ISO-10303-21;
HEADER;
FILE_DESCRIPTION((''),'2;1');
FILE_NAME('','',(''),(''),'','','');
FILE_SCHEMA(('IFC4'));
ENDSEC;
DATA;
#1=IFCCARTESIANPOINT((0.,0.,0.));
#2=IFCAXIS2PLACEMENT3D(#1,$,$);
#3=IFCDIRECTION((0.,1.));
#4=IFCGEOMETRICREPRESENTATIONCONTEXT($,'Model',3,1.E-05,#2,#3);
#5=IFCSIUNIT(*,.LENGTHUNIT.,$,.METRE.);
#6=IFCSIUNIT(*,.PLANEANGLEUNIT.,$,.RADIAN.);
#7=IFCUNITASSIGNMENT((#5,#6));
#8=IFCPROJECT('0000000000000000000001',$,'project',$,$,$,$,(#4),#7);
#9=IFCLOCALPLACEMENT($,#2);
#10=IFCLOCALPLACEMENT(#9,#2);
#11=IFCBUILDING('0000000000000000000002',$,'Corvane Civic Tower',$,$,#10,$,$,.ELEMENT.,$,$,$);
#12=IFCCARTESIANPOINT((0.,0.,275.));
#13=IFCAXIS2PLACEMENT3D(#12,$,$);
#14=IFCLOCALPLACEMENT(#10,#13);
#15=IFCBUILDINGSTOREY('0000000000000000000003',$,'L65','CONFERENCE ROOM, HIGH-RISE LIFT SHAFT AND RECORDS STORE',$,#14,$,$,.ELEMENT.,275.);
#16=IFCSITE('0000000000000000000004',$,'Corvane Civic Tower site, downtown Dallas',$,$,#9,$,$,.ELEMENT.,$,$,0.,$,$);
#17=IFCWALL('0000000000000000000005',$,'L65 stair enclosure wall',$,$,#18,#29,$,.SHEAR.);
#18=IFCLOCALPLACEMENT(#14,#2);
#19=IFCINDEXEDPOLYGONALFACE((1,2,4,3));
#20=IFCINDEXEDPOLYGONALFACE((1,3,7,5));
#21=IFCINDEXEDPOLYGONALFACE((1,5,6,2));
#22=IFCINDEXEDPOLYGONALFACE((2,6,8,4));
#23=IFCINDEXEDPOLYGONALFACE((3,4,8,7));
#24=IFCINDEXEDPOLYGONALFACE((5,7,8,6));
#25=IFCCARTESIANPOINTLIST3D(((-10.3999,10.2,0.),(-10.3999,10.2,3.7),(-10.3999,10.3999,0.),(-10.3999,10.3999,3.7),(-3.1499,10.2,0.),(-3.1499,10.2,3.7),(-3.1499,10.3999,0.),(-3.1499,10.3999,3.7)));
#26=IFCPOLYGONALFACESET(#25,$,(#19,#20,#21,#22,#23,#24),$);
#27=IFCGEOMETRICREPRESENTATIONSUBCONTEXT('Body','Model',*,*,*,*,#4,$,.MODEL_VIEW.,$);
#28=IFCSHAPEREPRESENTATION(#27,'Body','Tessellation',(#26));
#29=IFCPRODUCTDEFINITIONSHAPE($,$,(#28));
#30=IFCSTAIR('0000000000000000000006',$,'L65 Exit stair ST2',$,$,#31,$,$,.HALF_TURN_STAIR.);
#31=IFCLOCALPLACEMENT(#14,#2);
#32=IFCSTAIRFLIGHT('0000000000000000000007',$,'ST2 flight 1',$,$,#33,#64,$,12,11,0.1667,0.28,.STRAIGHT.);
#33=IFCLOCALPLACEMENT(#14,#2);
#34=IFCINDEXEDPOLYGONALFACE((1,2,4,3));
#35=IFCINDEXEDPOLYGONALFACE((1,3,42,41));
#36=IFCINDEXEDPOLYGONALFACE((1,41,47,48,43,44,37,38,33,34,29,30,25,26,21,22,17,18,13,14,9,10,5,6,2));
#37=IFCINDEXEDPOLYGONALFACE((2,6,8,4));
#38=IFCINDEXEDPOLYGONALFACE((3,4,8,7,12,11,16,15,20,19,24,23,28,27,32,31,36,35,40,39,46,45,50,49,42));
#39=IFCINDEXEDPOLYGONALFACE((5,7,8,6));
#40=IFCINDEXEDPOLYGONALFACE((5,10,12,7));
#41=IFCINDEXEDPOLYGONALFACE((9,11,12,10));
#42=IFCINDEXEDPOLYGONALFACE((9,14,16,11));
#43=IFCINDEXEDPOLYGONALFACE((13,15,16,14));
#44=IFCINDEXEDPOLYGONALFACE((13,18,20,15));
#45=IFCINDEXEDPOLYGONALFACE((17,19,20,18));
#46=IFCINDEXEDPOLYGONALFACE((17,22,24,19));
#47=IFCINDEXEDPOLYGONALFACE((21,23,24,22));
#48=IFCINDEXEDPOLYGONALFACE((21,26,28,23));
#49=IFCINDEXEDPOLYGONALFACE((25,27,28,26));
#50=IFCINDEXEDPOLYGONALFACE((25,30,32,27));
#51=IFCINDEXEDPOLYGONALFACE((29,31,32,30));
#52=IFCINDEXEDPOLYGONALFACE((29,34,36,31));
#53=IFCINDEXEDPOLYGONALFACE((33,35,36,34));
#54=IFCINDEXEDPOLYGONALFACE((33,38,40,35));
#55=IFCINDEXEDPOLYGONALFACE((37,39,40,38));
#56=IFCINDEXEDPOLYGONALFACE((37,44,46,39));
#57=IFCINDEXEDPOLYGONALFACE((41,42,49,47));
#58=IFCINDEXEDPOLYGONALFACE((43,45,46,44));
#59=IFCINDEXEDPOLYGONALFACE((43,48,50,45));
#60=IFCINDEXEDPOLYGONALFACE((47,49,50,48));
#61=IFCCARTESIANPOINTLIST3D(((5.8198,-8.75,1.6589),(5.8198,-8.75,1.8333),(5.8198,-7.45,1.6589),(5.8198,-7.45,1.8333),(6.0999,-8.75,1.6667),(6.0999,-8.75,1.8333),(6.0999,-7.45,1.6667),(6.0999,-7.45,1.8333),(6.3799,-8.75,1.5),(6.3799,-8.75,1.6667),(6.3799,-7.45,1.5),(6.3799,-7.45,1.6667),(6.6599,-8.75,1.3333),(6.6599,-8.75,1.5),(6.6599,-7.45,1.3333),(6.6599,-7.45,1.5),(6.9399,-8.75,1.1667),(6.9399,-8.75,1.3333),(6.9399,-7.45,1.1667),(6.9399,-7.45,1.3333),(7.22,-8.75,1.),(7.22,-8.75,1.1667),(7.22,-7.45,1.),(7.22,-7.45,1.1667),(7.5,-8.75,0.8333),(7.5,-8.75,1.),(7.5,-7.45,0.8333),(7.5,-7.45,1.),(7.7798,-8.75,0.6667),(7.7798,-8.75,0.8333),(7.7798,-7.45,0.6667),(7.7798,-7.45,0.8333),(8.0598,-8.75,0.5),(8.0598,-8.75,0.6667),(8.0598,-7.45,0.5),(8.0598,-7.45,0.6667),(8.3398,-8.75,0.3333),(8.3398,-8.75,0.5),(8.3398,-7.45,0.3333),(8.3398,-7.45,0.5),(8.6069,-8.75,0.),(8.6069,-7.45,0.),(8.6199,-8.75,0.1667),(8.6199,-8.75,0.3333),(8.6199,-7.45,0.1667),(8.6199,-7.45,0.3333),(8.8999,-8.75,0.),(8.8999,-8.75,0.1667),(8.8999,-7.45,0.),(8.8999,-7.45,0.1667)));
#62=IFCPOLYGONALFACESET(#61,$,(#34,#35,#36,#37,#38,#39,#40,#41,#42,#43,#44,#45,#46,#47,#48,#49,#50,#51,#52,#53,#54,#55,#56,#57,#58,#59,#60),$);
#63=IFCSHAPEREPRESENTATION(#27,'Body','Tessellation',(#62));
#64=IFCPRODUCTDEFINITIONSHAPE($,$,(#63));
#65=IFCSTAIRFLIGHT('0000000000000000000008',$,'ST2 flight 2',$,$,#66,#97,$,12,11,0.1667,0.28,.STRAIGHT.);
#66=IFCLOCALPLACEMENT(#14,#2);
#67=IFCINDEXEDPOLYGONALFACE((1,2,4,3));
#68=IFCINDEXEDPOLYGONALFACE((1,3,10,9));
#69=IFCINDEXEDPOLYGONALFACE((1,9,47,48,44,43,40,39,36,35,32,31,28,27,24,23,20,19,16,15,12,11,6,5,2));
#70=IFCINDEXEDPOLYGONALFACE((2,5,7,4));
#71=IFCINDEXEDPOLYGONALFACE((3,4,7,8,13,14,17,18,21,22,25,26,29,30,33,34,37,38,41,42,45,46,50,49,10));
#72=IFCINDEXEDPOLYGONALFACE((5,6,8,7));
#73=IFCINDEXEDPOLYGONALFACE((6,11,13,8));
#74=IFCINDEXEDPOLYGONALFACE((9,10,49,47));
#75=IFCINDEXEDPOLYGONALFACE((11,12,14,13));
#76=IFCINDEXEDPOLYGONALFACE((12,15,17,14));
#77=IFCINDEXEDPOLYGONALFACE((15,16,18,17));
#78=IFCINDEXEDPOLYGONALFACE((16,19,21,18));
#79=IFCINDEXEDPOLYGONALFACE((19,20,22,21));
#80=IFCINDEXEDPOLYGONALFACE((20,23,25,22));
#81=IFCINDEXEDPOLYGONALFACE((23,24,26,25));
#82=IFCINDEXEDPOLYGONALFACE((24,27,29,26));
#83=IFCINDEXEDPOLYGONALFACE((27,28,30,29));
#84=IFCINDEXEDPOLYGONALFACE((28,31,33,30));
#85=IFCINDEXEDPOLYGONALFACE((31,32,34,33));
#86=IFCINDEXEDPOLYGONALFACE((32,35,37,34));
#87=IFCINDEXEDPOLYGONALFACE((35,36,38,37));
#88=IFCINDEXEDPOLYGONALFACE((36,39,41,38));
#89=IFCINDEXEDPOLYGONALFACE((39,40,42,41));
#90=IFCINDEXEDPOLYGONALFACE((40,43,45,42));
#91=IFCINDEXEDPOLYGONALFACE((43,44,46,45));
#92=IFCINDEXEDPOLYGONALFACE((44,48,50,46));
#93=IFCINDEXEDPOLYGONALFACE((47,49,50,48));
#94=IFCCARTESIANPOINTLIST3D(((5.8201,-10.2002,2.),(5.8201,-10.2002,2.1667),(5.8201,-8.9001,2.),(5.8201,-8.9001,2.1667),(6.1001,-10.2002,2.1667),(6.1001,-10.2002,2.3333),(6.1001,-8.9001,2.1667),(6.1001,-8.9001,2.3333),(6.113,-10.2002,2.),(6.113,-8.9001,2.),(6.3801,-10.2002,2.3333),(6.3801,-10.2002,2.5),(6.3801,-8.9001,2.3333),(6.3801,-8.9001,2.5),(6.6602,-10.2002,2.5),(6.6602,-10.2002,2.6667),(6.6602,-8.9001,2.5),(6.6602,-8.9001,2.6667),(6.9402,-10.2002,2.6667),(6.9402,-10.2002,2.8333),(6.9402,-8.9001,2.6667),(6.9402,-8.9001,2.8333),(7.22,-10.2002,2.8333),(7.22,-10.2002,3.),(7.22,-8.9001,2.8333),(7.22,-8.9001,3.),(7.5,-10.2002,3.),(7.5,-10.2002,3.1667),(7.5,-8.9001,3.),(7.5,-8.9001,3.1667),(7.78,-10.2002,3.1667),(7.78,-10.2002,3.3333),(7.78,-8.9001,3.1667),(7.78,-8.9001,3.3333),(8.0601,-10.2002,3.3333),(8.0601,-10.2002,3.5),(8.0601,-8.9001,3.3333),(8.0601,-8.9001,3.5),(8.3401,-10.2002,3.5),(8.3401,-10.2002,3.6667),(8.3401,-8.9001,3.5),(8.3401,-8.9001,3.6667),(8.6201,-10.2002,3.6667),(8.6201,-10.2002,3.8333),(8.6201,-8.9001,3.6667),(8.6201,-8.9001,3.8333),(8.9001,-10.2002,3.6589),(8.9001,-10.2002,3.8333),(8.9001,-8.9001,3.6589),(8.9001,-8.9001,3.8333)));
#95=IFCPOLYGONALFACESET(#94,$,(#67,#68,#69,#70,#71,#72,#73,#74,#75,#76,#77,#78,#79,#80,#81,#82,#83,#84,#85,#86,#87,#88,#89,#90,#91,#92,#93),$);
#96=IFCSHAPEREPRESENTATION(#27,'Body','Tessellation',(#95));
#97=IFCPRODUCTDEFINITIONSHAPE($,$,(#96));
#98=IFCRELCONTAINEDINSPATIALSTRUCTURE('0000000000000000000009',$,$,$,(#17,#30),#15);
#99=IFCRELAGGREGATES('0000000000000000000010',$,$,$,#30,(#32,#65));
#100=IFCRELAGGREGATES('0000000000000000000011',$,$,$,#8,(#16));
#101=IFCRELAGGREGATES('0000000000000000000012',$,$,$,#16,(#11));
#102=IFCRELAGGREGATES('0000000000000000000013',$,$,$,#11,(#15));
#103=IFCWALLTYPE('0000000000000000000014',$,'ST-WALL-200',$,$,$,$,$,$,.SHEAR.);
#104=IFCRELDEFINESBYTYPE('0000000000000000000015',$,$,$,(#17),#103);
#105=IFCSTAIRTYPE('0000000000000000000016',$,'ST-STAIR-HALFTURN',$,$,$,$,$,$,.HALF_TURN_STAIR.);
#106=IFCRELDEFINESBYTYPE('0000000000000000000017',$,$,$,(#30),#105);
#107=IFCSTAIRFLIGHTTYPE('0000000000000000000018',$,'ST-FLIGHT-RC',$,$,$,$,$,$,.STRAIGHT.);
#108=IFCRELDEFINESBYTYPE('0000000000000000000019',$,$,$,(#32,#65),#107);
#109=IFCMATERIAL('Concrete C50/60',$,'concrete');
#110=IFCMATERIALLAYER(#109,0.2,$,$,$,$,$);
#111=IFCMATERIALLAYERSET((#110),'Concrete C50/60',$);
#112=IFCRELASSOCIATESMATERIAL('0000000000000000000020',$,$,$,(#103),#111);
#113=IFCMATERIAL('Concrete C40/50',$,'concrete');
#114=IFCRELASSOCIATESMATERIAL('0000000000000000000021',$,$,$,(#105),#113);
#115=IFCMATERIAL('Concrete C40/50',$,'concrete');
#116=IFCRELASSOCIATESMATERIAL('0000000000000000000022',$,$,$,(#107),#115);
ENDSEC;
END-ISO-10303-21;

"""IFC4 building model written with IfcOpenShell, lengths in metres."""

from ifc_helpers import new_model, si_unit, direction, frame, origin, place, context, subcontext, project, spatial, polyline, outline, extrude, material, layer, layer_set, type_object, element, aggregate, save


model = new_model("IFC4")

# Units and contexts
model_context = context("Model", 3, precision=1e-05, world=origin(), true_north=direction((0.0, 1.0)))
body_context = subcontext(model_context, "Body", "Model", "MODEL_VIEW")
ifc_project = project(units=[si_unit("LENGTHUNIT", "METRE"), si_unit("PLANEANGLEUNIT", "RADIAN")], contexts=[model_context])

# Site, building, storey
site_placement = place(None, origin())
site = spatial("IfcSite", under=ifc_project, at=site_placement, Name="Corvane Civic Tower site, downtown Dallas", CompositionType="ELEMENT", RefElevation=0.0)
building_placement = place(site_placement, origin())
building = spatial("IfcBuilding", under=site, at=building_placement, Name="Corvane Civic Tower", CompositionType="ELEMENT")
storey_placement = place(building_placement, frame((0.0, 0.0, 275.0)))
storey = spatial("IfcBuildingStorey", under=building, at=storey_placement, Name="L65", Description="CONFERENCE ROOM, HIGH-RISE LIFT SHAFT AND RECORDS STORE", CompositionType="ELEMENT", Elevation=275.0)

# Shared definitions
ifc_material_1 = material(Name="Concrete C50/60", Category="concrete")
ifc_layer_1 = layer(ifc_material_1, 0.2)
ifc_layer_set_1 = layer_set([ifc_layer_1], Name="Concrete C50/60")
wall_type_1 = type_object("IfcWallType", Name="ST-WALL-200", PredefinedType="SHEAR", material=ifc_layer_set_1)

# Wall
wall_1_placement = place(storey_placement, origin())
element("IfcWall", 1, at=wall_1_placement, inside=storey, type_object=wall_type_1, Name="L65 stair enclosure wall", PredefinedType="SHEAR", context=body_context, shape_type="SweptSolid", body=[
    extrude(outline(polyline([(-3.1499, 10.2), (-10.3999, 10.2), (-10.3999, 10.3999), (-3.1499, 10.3999), (-3.1499, 10.2)])), origin(), (0.0, 0.0, 1.0), 3.7),
])

# Stair, stair flights
ifc_material_2 = material(Name="Concrete C40/50", Category="concrete")
stair_type = type_object("IfcStairType", Name="ST-STAIR-HALFTURN", PredefinedType="HALF_TURN_STAIR", material=ifc_material_2)
stair_placement = place(storey_placement, origin())
stair = element("IfcStair", 2, at=stair_placement, inside=storey, type_object=stair_type, Name="L65 Exit stair ST2", PredefinedType="HALF_TURN_STAIR")
ifc_material_3 = material(Name="Concrete C40/50", Category="concrete")
stair_flight_type = type_object("IfcStairFlightType", Name="ST-FLIGHT-RC", PredefinedType="STRAIGHT", material=ifc_material_3)
stair_flight_1_placement = place(storey_placement, frame((8.8999, -8.1001, 0.0), z_axis=(0.0, 0.0, 1.0), x_axis=(-1.0, 0.0, 0.0)))
stair_flight_1 = element("IfcStairFlight", 3, at=stair_flight_1_placement, type_object=stair_flight_type, Name="ST2 flight 1", NumberOfRisers=12, NumberOfTreads=11, PredefinedType="STRAIGHT", RiserHeight=0.1667, TreadLength=0.28, context=body_context, shape_type="SweptSolid", body=[
    extrude(outline(polyline([(0.0, 0.0), (0.0, 0.1667), (0.28, 0.1667), (0.28, 0.3333), (0.5601, 0.3333), (0.5601, 0.5), (0.8401, 0.5), (0.8401, 0.6667), (1.1201, 0.6667), (1.1201, 0.8333), (1.3999, 0.8333), (1.3999, 1.0), (1.6799, 1.0), (1.6799, 1.1667), (1.96, 1.1667), (1.96, 1.3333), (2.24, 1.3333), (2.24, 1.5), (2.52, 1.5), (2.52, 1.6667), (2.8, 1.6667), (2.8, 1.8333), (3.0801, 1.8333), (3.0801, 2.0), (3.0801, 1.6589), (0.293, 0.0), (0.0, 0.0)])), frame((0.0, 0.6499, 0.0), z_axis=(0.0, -1.0, 0.0), x_axis=(1.0, 0.0, 0.0)), (0.0, 0.0, 1.0), 1.3),
])
stair_flight_2_placement = place(storey_placement, frame((5.8201, -9.55, 2.0), z_axis=(0.0, 0.0, 1.0), x_axis=(1.0, 0.0, 0.0)))
stair_flight_2 = element("IfcStairFlight", 4, at=stair_flight_2_placement, type_object=stair_flight_type, Name="ST2 flight 2", NumberOfRisers=12, NumberOfTreads=11, PredefinedType="STRAIGHT", RiserHeight=0.1667, TreadLength=0.28, context=body_context, shape_type="SweptSolid", body=[
    extrude(outline(polyline([(0.0, 0.0), (0.0, 0.1667), (0.28, 0.1667), (0.28, 0.3333), (0.5601, 0.3333), (0.5601, 0.5), (0.8401, 0.5), (0.8401, 0.6667), (1.1201, 0.6667), (1.1201, 0.8333), (1.3999, 0.8333), (1.3999, 1.0), (1.6799, 1.0), (1.6799, 1.1667), (1.96, 1.1667), (1.96, 1.3333), (2.24, 1.3333), (2.24, 1.5), (2.52, 1.5), (2.52, 1.6667), (2.8, 1.6667), (2.8, 1.8333), (3.0801, 1.8333), (3.0801, 2.0), (3.0801, 1.6589), (0.293, 0.0), (0.0, 0.0)])), frame((0.0, 0.6499, 0.0), z_axis=(0.0, -1.0, 0.0), x_axis=(1.0, 0.0, 0.0)), (0.0, 0.0, 1.0), 1.3),
])
aggregate(stair, [stair_flight_1, stair_flight_2])

save(model, "model.ifc")
